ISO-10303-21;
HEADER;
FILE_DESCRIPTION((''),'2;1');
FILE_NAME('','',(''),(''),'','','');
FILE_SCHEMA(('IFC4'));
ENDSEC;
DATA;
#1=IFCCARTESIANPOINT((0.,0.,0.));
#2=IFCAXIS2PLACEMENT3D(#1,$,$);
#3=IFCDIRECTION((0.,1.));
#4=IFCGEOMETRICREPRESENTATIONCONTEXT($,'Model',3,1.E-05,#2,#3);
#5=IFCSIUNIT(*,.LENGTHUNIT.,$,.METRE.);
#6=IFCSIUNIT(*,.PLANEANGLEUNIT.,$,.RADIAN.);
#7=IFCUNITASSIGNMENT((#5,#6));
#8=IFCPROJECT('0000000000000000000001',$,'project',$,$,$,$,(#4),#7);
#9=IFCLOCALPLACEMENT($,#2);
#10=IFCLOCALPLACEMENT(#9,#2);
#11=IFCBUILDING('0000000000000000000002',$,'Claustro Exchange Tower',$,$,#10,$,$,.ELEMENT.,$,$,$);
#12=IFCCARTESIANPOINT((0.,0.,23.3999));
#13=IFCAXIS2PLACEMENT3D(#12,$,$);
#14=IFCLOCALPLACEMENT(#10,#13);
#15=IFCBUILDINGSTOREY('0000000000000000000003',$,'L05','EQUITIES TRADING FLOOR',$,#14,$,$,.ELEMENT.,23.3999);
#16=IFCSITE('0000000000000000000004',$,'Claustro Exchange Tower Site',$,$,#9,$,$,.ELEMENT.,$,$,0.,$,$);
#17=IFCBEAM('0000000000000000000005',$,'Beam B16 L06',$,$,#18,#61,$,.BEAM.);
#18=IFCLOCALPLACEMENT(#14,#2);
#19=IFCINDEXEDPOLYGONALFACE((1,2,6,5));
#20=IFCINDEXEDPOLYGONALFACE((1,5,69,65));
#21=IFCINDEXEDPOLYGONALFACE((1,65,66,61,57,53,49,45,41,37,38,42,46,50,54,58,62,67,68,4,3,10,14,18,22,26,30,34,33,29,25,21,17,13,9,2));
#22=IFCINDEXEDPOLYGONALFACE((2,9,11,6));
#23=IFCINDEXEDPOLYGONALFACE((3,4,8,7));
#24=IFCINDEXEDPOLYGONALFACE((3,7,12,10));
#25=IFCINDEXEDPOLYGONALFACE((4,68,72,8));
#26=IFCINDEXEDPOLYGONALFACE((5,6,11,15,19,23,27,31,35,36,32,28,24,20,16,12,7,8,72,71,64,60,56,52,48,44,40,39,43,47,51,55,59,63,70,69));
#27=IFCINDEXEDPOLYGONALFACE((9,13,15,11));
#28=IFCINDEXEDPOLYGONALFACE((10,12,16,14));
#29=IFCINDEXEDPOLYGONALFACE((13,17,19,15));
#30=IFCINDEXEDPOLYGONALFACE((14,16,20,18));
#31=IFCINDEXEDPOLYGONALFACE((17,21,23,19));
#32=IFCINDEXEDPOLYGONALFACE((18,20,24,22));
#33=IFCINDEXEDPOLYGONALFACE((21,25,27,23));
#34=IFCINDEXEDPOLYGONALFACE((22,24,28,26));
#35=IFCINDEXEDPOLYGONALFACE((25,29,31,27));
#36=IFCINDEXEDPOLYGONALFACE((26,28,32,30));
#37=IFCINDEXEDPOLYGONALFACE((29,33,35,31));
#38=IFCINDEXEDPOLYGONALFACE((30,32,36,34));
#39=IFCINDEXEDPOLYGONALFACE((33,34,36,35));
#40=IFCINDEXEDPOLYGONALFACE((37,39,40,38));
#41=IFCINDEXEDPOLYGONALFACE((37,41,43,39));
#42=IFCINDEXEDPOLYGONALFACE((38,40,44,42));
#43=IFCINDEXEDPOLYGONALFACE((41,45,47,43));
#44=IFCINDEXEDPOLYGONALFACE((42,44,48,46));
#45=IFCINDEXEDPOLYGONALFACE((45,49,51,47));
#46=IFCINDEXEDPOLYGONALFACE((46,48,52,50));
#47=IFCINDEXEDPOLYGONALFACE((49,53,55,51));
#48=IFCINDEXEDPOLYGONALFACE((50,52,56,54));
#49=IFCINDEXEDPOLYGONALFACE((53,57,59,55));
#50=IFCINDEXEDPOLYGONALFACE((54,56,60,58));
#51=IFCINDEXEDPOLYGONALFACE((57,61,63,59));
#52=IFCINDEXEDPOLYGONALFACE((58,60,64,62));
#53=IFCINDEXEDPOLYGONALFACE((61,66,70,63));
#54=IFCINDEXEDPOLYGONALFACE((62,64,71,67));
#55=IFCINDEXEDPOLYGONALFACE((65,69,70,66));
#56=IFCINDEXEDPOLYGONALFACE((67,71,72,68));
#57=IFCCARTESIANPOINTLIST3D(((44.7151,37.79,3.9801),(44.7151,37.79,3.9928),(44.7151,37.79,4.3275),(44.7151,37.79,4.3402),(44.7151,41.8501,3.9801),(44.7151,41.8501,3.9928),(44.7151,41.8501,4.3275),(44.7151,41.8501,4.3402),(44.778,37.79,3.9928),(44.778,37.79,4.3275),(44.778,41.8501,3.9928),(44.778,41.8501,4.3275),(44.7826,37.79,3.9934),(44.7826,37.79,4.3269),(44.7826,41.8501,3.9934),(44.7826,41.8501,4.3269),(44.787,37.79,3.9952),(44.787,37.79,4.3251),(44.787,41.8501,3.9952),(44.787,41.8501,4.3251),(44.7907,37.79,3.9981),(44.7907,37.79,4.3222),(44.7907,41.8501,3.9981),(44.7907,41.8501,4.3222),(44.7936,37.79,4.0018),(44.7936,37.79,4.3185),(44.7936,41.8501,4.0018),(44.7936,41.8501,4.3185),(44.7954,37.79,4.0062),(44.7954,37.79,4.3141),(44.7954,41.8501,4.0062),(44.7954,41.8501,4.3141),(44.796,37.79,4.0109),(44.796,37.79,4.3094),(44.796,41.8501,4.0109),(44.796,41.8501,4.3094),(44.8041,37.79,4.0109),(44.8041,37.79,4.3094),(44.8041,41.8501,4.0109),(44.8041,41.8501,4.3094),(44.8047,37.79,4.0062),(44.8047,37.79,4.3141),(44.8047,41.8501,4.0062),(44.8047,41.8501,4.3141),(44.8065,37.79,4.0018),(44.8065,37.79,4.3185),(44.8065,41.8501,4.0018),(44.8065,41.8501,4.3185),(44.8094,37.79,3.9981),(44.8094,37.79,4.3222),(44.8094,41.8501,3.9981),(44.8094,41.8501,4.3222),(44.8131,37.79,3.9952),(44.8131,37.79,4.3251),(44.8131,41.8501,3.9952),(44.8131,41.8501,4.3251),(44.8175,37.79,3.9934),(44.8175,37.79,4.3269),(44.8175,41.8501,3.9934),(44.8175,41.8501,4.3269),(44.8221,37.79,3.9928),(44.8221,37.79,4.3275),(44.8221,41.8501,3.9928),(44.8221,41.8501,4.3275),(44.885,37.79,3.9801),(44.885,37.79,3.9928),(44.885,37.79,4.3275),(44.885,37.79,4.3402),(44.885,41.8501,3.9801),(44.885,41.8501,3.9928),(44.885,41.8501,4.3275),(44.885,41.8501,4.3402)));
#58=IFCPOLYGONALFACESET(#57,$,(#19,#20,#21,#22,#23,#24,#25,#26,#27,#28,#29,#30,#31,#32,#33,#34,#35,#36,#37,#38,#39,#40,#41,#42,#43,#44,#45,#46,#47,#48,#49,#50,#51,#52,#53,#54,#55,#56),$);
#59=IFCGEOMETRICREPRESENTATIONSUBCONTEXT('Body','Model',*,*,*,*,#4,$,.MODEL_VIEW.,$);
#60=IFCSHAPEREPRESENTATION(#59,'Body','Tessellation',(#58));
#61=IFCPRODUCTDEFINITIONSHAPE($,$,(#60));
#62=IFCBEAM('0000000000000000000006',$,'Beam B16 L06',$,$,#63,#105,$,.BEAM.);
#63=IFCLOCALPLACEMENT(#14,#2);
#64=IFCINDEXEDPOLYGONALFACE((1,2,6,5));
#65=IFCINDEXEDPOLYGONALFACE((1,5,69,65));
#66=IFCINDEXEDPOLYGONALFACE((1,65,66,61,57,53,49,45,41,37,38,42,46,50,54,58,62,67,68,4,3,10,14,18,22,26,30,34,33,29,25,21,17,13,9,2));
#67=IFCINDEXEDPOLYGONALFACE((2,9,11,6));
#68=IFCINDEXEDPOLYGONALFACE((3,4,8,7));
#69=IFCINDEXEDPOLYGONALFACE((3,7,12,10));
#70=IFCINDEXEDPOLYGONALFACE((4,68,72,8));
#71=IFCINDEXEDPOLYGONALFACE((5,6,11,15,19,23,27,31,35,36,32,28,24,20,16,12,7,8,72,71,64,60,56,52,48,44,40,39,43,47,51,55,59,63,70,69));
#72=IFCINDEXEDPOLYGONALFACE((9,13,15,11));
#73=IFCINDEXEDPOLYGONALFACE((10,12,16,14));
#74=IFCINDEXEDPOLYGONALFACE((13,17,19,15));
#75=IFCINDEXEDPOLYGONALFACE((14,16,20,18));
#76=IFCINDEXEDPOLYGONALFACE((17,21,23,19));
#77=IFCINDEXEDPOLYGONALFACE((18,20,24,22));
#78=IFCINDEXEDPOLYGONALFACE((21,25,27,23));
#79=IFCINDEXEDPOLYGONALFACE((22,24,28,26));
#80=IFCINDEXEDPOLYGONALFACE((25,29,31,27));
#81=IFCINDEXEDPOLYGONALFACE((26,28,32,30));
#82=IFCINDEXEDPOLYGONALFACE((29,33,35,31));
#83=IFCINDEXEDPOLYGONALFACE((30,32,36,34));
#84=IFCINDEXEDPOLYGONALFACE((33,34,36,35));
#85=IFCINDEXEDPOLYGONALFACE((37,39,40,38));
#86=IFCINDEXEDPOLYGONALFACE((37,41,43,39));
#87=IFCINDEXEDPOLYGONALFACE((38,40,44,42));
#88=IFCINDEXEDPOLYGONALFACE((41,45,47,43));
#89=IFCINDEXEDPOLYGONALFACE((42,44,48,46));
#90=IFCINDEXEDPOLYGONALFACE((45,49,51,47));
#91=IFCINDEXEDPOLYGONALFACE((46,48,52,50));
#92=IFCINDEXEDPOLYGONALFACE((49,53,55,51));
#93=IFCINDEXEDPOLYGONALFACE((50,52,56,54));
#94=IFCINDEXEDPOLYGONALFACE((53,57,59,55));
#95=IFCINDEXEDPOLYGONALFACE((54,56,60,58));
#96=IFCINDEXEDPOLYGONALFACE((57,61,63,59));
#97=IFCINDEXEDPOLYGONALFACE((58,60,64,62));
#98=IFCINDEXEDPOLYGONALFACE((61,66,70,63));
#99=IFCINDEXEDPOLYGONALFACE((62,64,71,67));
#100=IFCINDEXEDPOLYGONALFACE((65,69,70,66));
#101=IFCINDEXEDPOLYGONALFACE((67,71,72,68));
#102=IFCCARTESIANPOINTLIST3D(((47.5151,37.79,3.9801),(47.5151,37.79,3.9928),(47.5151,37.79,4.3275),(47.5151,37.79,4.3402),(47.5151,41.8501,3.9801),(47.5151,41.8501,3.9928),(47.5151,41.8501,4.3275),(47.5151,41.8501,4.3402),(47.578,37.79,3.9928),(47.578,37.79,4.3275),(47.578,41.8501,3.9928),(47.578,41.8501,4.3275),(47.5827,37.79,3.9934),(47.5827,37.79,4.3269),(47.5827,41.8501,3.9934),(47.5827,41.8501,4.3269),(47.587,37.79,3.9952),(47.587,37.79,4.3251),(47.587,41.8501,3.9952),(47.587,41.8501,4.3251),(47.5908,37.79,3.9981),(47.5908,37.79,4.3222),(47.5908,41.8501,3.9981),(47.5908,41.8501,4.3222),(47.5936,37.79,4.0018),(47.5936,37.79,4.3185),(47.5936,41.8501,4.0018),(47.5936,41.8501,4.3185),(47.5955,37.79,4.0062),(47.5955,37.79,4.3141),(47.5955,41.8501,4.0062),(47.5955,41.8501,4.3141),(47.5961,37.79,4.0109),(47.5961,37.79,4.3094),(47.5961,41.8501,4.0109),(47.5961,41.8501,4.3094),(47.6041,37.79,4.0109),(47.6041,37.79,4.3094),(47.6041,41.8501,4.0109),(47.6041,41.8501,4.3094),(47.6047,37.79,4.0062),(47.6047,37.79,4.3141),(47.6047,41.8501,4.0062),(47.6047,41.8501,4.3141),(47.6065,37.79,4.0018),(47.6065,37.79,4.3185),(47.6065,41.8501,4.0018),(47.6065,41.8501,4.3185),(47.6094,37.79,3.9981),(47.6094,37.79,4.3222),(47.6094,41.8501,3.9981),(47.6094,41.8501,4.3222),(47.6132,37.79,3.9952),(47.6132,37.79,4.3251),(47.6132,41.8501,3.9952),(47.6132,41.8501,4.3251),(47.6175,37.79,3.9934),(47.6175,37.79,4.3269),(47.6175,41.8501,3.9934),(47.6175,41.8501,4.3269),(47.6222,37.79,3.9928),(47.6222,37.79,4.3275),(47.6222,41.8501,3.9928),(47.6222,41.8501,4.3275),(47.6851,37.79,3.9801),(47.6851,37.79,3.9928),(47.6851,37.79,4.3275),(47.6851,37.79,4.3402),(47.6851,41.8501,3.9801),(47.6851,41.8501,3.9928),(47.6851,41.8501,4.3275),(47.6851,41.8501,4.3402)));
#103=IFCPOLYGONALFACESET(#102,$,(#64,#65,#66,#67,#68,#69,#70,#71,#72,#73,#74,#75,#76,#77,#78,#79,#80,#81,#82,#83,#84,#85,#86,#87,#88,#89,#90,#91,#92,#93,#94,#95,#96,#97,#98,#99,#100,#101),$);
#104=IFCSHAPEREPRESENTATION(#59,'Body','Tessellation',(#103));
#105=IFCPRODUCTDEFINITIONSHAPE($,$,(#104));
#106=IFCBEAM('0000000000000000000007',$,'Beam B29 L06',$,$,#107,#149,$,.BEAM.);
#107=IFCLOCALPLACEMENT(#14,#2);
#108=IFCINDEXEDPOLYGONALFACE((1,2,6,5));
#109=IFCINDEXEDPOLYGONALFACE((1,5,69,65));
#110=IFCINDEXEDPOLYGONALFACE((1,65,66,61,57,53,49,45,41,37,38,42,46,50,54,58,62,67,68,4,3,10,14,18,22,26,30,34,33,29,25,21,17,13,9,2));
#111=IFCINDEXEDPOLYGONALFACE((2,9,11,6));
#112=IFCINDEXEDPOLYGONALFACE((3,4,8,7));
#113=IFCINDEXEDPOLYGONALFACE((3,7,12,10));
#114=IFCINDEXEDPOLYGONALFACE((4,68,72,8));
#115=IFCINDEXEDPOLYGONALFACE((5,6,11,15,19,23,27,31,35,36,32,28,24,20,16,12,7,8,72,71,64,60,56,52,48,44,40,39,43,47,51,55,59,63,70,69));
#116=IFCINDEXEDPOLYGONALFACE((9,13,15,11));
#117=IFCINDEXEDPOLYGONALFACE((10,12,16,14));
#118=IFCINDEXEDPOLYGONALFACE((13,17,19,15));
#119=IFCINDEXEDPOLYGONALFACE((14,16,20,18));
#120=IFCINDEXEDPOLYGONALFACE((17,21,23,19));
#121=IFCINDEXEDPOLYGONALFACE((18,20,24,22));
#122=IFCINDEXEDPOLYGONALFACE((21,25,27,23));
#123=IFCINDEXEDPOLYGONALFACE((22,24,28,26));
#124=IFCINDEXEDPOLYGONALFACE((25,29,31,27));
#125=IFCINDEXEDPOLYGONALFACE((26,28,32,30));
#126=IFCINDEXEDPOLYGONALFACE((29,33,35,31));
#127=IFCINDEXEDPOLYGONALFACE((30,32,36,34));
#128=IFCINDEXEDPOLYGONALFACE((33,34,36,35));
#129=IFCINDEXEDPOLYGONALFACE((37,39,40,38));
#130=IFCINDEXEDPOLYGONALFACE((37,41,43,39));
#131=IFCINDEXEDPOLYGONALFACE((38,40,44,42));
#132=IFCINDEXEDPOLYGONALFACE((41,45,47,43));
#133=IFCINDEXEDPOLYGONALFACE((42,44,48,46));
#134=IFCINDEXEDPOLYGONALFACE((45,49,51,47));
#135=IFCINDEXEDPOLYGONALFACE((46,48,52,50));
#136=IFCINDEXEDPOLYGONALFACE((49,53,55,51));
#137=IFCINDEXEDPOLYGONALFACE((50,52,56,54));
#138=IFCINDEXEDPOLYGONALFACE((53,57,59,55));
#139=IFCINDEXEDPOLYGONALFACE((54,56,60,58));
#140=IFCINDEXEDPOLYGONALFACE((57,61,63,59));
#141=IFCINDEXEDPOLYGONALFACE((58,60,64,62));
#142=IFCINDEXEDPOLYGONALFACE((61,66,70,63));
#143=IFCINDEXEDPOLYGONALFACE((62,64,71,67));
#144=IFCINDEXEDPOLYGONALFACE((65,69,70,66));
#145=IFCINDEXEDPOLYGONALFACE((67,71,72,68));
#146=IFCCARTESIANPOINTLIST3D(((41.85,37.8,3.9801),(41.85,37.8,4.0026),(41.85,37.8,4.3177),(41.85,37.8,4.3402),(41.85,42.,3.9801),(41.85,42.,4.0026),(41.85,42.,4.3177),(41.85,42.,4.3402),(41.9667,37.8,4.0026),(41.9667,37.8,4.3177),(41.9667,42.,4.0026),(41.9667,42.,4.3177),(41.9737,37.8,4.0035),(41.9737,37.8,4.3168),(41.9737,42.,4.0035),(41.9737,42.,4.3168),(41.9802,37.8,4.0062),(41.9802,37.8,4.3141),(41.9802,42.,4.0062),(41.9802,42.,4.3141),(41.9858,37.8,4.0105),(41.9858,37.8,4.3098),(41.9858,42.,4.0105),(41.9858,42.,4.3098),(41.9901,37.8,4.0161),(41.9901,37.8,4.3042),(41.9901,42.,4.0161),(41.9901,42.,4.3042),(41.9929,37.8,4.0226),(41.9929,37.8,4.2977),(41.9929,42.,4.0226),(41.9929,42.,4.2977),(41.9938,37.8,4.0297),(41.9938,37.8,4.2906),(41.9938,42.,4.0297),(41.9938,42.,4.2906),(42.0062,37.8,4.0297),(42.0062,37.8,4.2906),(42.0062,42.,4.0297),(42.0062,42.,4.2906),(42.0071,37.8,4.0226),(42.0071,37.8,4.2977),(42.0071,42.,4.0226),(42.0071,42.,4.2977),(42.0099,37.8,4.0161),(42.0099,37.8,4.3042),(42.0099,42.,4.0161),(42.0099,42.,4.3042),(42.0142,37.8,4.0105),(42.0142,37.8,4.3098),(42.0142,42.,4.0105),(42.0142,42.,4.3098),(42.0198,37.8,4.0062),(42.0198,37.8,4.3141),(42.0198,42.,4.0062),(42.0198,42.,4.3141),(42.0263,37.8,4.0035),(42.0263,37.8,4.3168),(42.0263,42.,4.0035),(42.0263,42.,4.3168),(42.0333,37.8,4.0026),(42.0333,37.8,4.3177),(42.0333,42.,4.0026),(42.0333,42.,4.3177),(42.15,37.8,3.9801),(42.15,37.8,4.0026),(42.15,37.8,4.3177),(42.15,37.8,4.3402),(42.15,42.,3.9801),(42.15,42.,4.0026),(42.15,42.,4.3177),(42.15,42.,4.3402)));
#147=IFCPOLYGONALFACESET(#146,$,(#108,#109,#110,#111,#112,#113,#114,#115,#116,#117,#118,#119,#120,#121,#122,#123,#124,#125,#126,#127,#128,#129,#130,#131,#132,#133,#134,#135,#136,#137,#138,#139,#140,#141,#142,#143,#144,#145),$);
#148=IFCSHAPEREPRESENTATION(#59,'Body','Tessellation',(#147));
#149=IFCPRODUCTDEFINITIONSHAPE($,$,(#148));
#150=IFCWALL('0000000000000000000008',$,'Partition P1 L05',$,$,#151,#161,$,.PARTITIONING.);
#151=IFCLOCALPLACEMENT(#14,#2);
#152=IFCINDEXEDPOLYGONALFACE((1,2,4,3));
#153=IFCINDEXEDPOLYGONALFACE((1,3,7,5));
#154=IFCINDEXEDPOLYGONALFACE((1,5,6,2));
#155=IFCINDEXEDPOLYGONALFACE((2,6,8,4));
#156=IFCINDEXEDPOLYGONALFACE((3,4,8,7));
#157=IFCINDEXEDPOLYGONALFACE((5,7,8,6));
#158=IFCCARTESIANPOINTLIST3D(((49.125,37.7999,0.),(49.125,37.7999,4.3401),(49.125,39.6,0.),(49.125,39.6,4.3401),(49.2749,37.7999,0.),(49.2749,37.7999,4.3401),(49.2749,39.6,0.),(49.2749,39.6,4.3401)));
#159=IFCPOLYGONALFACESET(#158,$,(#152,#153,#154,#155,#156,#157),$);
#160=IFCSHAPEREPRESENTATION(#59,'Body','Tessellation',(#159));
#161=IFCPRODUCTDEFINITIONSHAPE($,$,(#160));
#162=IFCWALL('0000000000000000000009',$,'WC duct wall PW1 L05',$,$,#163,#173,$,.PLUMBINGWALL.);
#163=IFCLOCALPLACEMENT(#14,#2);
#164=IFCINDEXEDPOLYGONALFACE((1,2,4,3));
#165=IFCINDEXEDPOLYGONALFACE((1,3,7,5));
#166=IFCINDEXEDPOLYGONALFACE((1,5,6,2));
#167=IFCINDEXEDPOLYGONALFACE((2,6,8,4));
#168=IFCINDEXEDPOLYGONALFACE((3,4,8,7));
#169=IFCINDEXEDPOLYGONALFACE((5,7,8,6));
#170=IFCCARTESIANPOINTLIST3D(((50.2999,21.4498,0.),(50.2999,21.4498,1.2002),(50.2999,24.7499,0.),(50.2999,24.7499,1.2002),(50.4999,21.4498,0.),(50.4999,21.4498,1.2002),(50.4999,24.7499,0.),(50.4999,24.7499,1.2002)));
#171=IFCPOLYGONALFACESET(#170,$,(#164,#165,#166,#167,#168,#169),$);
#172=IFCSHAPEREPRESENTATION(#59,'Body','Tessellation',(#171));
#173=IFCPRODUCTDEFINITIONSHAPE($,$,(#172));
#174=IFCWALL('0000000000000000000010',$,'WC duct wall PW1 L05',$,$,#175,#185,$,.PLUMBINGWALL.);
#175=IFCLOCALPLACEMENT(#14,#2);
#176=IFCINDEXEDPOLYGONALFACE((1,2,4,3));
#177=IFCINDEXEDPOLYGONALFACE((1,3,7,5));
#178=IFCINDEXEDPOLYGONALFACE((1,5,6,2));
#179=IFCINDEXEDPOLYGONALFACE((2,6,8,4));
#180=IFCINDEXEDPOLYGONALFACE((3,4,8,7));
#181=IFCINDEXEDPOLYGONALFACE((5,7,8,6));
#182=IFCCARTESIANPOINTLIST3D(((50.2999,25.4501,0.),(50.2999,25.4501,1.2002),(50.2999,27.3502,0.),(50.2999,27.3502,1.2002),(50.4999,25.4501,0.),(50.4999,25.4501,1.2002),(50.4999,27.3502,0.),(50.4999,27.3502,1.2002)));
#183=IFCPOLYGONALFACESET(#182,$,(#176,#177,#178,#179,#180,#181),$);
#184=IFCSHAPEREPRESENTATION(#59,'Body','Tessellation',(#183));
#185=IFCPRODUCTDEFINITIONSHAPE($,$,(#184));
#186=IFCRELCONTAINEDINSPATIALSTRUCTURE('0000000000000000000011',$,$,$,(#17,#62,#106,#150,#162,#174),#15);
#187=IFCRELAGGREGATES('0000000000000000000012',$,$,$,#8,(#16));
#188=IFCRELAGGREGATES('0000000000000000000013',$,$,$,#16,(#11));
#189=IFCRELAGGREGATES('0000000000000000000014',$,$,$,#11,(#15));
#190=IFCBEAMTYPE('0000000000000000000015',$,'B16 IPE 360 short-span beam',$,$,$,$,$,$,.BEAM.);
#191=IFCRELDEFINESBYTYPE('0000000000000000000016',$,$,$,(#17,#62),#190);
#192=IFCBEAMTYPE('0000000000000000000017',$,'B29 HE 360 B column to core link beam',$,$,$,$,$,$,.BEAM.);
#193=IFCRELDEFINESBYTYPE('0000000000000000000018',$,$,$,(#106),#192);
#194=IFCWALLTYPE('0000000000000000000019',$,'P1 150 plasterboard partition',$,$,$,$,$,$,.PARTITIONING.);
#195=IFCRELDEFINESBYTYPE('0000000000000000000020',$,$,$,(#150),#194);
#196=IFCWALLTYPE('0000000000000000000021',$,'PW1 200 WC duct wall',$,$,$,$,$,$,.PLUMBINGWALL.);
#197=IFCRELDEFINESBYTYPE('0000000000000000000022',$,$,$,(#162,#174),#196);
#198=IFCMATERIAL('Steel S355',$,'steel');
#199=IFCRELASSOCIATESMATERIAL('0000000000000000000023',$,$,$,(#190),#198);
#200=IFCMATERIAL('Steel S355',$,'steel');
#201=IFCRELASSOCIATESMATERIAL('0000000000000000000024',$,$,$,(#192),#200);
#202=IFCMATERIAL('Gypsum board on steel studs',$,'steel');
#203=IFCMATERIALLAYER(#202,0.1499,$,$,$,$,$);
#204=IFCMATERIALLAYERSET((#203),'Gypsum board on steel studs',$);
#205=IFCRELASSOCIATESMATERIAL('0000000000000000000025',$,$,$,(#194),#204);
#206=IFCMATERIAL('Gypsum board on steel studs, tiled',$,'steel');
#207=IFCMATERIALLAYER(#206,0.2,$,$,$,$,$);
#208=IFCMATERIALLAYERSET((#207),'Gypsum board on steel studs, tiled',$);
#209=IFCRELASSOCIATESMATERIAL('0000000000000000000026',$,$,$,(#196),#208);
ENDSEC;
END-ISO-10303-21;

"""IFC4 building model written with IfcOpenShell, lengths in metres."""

from ifc_helpers import new_model, si_unit, direction, frame, frame_2d, origin, origin_2d, place, context, subcontext, project, spatial, rectangle, i_section, extrude, material, layer, layer_set, material_profile, profile_set, type_object, element, save


model = new_model("IFC4")

# Units and contexts
model_context = context("Model", 3, precision=1e-05, world=origin(), true_north=direction((0.0, 1.0)))
body_context = subcontext(model_context, "Body", "Model", "MODEL_VIEW")
ifc_project = project(units=[si_unit("LENGTHUNIT", "METRE"), si_unit("PLANEANGLEUNIT", "RADIAN")], contexts=[model_context])

# Site, building, storey
site_placement = place(None, origin())
site = spatial("IfcSite", under=ifc_project, at=site_placement, Name="Claustro Exchange Tower Site", CompositionType="ELEMENT", RefElevation=0.0)
building_placement = place(site_placement, origin())
building = spatial("IfcBuilding", under=site, at=building_placement, Name="Claustro Exchange Tower", CompositionType="ELEMENT")
storey_placement = place(building_placement, frame((0.0, 0.0, 23.3999)))
storey = spatial("IfcBuildingStorey", under=building, at=storey_placement, Name="L05", Description="EQUITIES TRADING FLOOR", CompositionType="ELEMENT", Elevation=23.3999)

# Beams
ifc_material_1 = material(Name="Steel S355", Category="steel")
ifc_material_profile_1 = material_profile(ifc_material_1, i_section(OverallWidth=0.1699, OverallDepth=0.3601, WebThickness=0.0081, FlangeThickness=0.0127, FilletRadius=0.0181, at=origin_2d()), Name="IPE 360")
ifc_profile_set_1 = profile_set([ifc_material_profile_1], Name="Steel S355")
beam_type_1 = type_object("IfcBeamType", Name="B16 IPE 360 short-span beam", PredefinedType="BEAM", material=ifc_profile_set_1)
for number, where, z_axis, x_axis, name in (
    (1, (44.8, 37.79, 4.1602), (0.0, 1.0, 0.0), (-1.0, 0.0, 0.0), "Beam B16 L06"),
    (2, (47.6001, 37.79, 4.1602), (0.0, 1.0, 0.0), (-1.0, 0.0, 0.0), "Beam B16 L06"),
):
    element("IfcBeam", number, at=place(storey_placement, frame(where, z_axis=z_axis, x_axis=x_axis)), inside=storey, type_object=beam_type_1, Name=name, PredefinedType="BEAM", context=body_context, shape_type="SweptSolid", body=[
        extrude(i_section(OverallWidth=0.1699, OverallDepth=0.3601, WebThickness=0.0081, FlangeThickness=0.0127, FilletRadius=0.0181, at=origin_2d()), origin(), (0.0, 0.0, 1.0), 4.0601),
    ])
ifc_material_2 = material(Name="Steel S355", Category="steel")
ifc_material_profile_2 = material_profile(ifc_material_2, i_section(OverallWidth=0.3, OverallDepth=0.3601, WebThickness=0.0125, FlangeThickness=0.0225, FilletRadius=0.0271, at=origin_2d()), Name="HE 360 B")
ifc_profile_set_2 = profile_set([ifc_material_profile_2], Name="Steel S355")
beam_type_2 = type_object("IfcBeamType", Name="B29 HE 360 B column to core link beam", PredefinedType="BEAM", material=ifc_profile_set_2)
beam_placement = place(storey_placement, frame((42.0, 37.8, 4.1602), z_axis=(0.0, 1.0, 0.0), x_axis=(-1.0, 0.0, 0.0)))
element("IfcBeam", 3, at=beam_placement, inside=storey, type_object=beam_type_2, Name="Beam B29 L06", PredefinedType="BEAM", context=body_context, shape_type="SweptSolid", body=[
    extrude(i_section(OverallWidth=0.3, OverallDepth=0.3601, WebThickness=0.0125, FlangeThickness=0.0225, FilletRadius=0.0271, at=origin_2d()), origin(), (0.0, 0.0, 1.0), 4.2),
])

# Walls
ifc_material_3 = material(Name="Gypsum board on steel studs", Category="steel")
ifc_layer_1 = layer(ifc_material_3, 0.1499)
ifc_layer_set_1 = layer_set([ifc_layer_1], Name="Gypsum board on steel studs")
wall_type_1 = type_object("IfcWallType", Name="P1 150 plasterboard partition", PredefinedType="PARTITIONING", material=ifc_layer_set_1)
wall_1_placement = place(storey_placement, frame((49.2, 37.8, 0.0), z_axis=(0.0, 0.0, 1.0), x_axis=(0.0, 1.0, 0.0)))
element("IfcWall", 4, at=wall_1_placement, inside=storey, type_object=wall_type_1, Name="Partition P1 L05", PredefinedType="PARTITIONING", context=body_context, shape_type="SweptSolid", body=[
    extrude(rectangle(XDim=1.8, YDim=0.1499, at=frame_2d((0.8999, 0.0))), origin(), (0.0, 0.0, 1.0), 4.3401),
])
ifc_material_4 = material(Name="Gypsum board on steel studs, tiled", Category="steel")
ifc_layer_2 = layer(ifc_material_4, 0.2)
ifc_layer_set_2 = layer_set([ifc_layer_2], Name="Gypsum board on steel studs, tiled")
wall_type_2 = type_object("IfcWallType", Name="PW1 200 WC duct wall", PredefinedType="PLUMBINGWALL", material=ifc_layer_set_2)
wall_2_placement = place(storey_placement, frame((50.3999, 21.45, 0.0), z_axis=(0.0, 0.0, 1.0), x_axis=(0.0, 1.0, 0.0)))
element("IfcWall", 5, at=wall_2_placement, inside=storey, type_object=wall_type_2, Name="WC duct wall PW1 L05", PredefinedType="PLUMBINGWALL", context=body_context, shape_type="SweptSolid", body=[
    extrude(rectangle(XDim=3.3, YDim=0.2, at=frame_2d((1.6499, 0.0))), origin(), (0.0, 0.0, 1.0), 1.2002),
])
wall_3_placement = place(storey_placement, frame((50.3999, 25.45, 0.0), z_axis=(0.0, 0.0, 1.0), x_axis=(0.0, 1.0, 0.0)))
element("IfcWall", 6, at=wall_3_placement, inside=storey, type_object=wall_type_2, Name="WC duct wall PW1 L05", PredefinedType="PLUMBINGWALL", context=body_context, shape_type="SweptSolid", body=[
    extrude(rectangle(XDim=1.9001, YDim=0.2, at=frame_2d((0.9502, 0.0))), origin(), (0.0, 0.0, 1.0), 1.2002),
])

save(model, "model.ifc")
